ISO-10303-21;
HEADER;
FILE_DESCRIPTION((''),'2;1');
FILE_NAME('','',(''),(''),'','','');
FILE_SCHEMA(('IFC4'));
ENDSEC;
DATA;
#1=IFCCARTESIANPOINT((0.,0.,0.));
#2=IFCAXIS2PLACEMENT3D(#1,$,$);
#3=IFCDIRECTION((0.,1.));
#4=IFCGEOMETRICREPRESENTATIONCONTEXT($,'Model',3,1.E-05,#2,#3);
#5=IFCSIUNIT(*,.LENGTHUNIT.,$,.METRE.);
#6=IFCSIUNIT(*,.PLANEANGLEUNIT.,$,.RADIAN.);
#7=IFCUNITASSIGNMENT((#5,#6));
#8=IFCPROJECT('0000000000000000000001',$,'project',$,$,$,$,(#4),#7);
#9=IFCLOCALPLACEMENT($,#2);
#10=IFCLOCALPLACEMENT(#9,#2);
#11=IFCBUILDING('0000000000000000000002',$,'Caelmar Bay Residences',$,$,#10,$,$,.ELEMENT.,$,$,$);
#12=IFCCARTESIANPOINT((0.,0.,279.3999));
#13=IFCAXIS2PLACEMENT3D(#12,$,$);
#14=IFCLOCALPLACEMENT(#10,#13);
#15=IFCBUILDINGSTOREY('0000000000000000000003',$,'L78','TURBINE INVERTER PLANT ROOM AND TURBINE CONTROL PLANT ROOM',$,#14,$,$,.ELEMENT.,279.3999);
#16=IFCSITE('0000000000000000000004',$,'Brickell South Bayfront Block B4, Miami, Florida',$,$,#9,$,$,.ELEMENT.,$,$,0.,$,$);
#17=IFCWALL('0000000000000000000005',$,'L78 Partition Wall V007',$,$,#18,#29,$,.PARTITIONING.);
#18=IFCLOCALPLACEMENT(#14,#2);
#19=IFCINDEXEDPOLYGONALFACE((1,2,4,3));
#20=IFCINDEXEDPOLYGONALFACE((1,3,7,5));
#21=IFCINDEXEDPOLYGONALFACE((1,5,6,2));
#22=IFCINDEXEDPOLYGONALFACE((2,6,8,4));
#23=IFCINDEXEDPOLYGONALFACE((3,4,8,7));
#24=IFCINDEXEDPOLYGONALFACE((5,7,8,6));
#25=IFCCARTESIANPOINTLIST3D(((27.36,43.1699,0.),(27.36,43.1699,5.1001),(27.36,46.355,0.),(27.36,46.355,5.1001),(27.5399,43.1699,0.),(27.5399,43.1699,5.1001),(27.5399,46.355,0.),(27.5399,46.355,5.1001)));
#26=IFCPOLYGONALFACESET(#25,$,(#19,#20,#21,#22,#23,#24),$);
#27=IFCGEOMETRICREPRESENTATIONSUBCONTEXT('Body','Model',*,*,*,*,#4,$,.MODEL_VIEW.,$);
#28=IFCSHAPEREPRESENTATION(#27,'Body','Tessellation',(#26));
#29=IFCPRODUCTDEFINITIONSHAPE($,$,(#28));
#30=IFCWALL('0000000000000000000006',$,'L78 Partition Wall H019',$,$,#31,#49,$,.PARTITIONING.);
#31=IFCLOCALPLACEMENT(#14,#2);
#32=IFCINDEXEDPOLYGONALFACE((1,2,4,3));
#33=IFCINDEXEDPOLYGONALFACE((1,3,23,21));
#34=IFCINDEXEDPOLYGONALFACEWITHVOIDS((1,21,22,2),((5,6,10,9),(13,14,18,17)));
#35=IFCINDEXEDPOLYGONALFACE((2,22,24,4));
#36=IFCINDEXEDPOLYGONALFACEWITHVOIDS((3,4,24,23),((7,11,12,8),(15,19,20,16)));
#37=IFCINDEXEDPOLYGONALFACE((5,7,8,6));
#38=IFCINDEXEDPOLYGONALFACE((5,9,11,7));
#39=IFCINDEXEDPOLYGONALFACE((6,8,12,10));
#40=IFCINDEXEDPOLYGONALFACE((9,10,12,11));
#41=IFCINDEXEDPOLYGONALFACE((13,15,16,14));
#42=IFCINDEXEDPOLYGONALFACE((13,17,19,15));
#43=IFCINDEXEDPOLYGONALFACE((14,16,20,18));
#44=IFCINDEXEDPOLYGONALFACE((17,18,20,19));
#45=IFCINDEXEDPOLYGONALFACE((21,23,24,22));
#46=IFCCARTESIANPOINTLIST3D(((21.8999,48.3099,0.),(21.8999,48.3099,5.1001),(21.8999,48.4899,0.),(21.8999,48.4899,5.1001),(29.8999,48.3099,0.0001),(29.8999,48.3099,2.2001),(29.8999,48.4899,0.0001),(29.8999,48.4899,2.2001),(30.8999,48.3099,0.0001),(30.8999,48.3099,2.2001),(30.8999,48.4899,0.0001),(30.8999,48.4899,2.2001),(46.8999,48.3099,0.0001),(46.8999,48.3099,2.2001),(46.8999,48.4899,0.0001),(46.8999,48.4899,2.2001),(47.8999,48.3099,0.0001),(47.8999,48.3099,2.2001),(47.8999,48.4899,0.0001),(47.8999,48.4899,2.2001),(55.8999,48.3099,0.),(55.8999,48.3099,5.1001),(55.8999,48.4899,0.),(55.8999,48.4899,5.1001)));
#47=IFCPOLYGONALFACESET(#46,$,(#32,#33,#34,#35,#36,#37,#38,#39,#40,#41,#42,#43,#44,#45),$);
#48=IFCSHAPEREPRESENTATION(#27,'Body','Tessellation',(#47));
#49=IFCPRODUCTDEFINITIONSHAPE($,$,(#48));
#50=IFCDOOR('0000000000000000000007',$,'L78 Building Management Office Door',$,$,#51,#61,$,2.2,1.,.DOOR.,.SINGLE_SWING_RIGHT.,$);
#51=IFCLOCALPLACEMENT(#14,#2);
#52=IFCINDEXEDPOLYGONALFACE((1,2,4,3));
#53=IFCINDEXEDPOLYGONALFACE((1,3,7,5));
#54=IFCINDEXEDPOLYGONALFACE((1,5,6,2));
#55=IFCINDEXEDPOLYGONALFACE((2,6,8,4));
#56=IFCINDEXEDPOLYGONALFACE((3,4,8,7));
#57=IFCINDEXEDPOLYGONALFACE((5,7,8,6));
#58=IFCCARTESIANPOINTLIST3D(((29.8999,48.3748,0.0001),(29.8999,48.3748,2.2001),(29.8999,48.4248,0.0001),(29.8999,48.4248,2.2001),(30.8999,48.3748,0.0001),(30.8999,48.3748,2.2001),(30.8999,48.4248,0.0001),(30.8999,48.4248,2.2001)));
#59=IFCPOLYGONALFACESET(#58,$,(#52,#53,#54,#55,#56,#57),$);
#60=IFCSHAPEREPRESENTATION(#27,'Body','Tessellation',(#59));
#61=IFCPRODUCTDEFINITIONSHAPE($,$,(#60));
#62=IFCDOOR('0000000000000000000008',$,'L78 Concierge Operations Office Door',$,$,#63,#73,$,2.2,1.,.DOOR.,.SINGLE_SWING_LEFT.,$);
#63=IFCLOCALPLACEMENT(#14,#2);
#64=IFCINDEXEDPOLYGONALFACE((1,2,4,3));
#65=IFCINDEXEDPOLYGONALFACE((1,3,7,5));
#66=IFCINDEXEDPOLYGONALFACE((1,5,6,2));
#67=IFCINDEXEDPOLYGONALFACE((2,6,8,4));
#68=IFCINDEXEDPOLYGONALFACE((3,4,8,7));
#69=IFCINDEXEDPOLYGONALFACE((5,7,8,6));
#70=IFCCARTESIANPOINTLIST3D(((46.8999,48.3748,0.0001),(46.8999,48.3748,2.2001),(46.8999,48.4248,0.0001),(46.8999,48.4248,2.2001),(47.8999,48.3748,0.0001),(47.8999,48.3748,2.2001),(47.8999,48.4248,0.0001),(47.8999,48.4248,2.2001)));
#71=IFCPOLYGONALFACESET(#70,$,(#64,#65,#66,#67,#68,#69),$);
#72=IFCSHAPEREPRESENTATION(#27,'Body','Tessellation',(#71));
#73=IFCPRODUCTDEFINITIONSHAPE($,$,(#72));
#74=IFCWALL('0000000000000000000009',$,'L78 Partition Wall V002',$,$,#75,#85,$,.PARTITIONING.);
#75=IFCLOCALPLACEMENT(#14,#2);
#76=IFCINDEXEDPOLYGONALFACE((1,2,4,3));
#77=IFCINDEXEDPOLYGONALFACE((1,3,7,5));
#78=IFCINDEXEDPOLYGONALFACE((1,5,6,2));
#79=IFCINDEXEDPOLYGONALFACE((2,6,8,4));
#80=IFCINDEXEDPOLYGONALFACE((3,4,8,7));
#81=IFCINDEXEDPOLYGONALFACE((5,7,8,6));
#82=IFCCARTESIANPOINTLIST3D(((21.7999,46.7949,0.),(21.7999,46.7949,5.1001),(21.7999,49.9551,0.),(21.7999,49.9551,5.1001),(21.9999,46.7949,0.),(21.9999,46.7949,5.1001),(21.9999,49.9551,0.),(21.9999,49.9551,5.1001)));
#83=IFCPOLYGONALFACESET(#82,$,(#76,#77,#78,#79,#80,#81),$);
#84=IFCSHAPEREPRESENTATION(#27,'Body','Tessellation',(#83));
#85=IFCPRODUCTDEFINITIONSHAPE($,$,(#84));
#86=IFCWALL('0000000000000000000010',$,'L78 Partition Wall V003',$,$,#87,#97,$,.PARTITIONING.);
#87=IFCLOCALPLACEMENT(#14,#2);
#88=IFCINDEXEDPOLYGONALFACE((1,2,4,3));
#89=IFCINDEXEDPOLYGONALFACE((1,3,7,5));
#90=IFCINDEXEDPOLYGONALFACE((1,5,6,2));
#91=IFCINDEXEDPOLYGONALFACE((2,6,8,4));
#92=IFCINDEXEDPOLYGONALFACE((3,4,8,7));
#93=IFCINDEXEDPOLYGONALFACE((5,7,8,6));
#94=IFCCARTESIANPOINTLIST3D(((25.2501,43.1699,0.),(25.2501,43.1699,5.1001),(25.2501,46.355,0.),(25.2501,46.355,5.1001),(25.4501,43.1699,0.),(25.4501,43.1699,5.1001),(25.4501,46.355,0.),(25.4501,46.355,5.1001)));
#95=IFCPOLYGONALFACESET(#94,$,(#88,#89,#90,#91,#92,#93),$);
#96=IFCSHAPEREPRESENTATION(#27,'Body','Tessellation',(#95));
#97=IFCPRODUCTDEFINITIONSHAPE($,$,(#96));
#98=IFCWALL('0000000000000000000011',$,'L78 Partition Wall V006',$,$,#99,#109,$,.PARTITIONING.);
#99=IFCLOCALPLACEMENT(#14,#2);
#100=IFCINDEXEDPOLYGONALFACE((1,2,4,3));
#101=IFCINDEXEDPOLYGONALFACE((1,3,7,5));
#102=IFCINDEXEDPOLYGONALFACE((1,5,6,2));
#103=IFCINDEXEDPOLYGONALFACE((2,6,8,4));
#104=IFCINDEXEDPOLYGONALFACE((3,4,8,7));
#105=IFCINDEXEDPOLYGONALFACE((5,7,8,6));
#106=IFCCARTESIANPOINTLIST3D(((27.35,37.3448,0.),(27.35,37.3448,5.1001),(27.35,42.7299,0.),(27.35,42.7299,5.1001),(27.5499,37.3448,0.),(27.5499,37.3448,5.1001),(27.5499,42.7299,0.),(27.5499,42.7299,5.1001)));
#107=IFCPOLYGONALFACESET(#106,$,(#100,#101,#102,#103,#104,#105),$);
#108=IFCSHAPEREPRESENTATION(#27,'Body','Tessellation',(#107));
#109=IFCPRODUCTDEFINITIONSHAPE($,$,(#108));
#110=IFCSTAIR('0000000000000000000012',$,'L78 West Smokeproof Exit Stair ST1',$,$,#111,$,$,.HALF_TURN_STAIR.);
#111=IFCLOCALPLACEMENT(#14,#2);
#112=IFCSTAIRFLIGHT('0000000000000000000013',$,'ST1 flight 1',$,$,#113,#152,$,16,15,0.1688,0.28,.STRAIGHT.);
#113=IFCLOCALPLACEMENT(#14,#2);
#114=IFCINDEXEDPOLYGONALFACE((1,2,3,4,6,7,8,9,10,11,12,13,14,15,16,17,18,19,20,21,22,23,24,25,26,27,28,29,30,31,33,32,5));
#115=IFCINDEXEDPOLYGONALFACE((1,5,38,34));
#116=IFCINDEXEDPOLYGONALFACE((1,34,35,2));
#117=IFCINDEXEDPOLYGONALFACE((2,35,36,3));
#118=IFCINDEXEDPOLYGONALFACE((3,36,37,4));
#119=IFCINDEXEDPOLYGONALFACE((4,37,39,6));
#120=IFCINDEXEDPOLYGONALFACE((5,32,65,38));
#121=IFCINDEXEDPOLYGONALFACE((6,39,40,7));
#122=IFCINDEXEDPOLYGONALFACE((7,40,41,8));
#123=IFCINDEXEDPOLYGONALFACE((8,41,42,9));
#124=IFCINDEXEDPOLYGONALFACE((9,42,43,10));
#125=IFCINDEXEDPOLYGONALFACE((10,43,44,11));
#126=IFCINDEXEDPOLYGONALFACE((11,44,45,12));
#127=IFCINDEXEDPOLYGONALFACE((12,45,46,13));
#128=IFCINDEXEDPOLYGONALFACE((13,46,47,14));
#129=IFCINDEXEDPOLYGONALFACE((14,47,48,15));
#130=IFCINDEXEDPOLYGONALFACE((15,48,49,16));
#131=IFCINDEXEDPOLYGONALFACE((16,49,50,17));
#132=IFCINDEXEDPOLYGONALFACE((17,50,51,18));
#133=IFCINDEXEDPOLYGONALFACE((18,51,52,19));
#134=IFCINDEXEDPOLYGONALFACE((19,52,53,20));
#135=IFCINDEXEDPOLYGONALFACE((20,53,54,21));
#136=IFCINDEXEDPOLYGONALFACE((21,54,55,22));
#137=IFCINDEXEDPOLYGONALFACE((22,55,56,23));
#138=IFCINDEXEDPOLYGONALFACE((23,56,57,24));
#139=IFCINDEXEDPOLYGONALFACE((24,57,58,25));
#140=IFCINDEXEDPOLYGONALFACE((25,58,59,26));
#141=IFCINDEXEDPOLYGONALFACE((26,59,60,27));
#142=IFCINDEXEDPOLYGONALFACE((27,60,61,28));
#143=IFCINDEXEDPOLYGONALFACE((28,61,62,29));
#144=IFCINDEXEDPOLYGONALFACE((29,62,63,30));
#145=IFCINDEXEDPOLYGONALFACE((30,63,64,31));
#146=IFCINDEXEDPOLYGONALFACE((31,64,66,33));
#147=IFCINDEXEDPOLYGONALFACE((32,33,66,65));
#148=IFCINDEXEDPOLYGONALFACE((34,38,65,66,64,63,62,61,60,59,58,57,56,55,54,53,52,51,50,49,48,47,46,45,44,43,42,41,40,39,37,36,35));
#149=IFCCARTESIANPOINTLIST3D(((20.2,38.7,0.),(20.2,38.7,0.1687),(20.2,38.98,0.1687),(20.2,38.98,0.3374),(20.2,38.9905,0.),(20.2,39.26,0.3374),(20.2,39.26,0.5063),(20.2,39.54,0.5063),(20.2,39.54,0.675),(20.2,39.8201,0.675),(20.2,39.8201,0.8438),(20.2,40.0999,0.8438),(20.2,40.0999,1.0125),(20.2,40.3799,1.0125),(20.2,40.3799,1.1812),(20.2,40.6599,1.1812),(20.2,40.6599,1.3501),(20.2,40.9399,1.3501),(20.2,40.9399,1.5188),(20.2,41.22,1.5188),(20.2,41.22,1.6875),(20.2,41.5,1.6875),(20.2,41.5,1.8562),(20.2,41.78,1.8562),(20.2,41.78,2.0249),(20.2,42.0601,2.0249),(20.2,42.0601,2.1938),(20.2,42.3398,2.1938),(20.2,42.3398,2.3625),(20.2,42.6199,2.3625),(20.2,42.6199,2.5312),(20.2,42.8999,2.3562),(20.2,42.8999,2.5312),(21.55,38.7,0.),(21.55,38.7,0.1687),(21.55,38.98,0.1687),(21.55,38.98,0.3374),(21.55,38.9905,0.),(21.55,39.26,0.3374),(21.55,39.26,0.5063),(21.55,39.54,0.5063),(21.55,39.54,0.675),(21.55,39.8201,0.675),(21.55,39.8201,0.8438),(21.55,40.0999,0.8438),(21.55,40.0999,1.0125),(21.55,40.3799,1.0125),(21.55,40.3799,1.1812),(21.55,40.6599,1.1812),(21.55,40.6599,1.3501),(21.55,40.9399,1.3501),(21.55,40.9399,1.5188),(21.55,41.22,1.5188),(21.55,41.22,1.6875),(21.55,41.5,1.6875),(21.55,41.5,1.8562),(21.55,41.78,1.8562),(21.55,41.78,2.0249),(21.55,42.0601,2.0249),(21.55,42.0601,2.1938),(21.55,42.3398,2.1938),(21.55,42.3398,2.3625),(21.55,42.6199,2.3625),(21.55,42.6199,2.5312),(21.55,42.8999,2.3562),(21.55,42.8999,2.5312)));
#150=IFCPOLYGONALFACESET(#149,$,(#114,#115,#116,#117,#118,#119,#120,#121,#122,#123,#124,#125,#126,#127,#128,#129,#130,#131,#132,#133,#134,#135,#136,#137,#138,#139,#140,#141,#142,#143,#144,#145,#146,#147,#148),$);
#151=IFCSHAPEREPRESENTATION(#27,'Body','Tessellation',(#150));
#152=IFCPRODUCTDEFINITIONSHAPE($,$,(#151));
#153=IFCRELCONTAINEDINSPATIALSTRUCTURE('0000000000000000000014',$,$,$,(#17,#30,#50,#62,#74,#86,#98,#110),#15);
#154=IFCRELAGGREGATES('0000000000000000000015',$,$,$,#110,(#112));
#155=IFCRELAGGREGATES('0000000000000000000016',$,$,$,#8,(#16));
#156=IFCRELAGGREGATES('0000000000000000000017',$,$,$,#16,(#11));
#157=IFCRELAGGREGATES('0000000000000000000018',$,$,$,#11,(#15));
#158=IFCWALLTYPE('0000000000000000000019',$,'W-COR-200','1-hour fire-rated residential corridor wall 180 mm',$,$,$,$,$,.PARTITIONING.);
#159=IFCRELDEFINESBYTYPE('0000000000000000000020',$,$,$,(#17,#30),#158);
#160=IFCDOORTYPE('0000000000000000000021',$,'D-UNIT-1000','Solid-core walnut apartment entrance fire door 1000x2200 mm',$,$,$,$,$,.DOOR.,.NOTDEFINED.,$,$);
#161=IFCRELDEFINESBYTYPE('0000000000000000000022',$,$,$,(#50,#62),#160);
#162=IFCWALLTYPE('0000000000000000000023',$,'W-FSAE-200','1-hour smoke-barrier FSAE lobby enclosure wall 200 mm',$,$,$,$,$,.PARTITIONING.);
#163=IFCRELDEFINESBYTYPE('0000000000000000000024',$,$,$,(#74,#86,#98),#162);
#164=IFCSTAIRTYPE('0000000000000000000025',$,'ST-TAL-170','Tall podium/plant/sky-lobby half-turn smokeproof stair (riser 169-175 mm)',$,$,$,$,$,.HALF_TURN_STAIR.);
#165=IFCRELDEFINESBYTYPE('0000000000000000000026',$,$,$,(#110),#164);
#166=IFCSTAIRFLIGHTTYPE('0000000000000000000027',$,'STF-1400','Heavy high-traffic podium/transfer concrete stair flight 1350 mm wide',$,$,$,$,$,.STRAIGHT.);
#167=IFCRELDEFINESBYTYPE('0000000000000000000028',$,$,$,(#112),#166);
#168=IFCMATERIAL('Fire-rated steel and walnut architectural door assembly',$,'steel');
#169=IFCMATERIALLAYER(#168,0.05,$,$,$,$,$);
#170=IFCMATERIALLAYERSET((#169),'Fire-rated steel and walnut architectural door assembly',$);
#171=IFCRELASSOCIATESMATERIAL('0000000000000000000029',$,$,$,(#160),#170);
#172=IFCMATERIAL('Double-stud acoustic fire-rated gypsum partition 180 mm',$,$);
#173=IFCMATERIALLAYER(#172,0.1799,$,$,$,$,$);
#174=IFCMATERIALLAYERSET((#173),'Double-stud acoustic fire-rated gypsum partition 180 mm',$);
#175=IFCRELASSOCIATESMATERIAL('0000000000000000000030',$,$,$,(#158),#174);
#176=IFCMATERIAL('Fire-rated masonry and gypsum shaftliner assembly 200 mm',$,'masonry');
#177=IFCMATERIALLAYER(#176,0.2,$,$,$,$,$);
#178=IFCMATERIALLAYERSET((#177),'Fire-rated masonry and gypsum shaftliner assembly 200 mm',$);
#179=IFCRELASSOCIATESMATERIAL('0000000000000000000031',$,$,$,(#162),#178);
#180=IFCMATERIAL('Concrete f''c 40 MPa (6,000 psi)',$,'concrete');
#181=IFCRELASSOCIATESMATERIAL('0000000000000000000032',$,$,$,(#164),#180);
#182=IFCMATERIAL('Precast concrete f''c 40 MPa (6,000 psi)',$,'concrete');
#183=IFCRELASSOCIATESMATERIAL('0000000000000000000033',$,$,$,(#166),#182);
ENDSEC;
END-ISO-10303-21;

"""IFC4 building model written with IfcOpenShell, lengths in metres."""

from ifc_helpers import new_model, si_unit, direction, frame, frame_2d, origin, place, context, subcontext, project, spatial, polyline, rectangle, outline, extrude, material, layer, layer_set, type_object, element, fill, aggregate, save


model = new_model("IFC4")

# Units and contexts
model_context = context("Model", 3, precision=1e-05, world=origin(), true_north=direction((0.0, 1.0)))
body_context = subcontext(model_context, "Body", "Model", "MODEL_VIEW")
ifc_project = project(units=[si_unit("LENGTHUNIT", "METRE"), si_unit("PLANEANGLEUNIT", "RADIAN")], contexts=[model_context])

# Site, building, storey
site_placement = place(None, origin())
site = spatial("IfcSite", under=ifc_project, at=site_placement, Name="Brickell South Bayfront Block B4, Miami, Florida", CompositionType="ELEMENT", RefElevation=0.0)
building_placement = place(site_placement, origin())
building = spatial("IfcBuilding", under=site, at=building_placement, Name="Caelmar Bay Residences", CompositionType="ELEMENT")
storey_placement = place(building_placement, frame((0.0, 0.0, 279.3999)))
storey = spatial("IfcBuildingStorey", under=building, at=storey_placement, Name="L78", Description="TURBINE INVERTER PLANT ROOM AND TURBINE CONTROL PLANT ROOM", CompositionType="ELEMENT", Elevation=279.3999)

# Shared definitions
ifc_material_1 = material(Name="Fire-rated steel and walnut architectural door assembly", Category="steel")

# Shared definitions
ifc_layer_1 = layer(ifc_material_1, 0.05)
ifc_layer_set_1 = layer_set([ifc_layer_1], Name="Fire-rated steel and walnut architectural door assembly")
door_type_1 = type_object("IfcDoorType", Name="D-UNIT-1000", Description="Solid-core walnut apartment entrance fire door 1000x2200 mm", OperationType="NOTDEFINED", PredefinedType="DOOR", material=ifc_layer_set_1)

# Wall
ifc_material_2 = material(Name="Double-stud acoustic fire-rated gypsum partition 180 mm")
ifc_layer_2 = layer(ifc_material_2, 0.1799)
ifc_layer_set_2 = layer_set([ifc_layer_2], Name="Double-stud acoustic fire-rated gypsum partition 180 mm")
wall_type_1 = type_object("IfcWallType", Name="W-COR-200", Description="1-hour fire-rated residential corridor wall 180 mm", PredefinedType="PARTITIONING", material=ifc_layer_set_2)
wall_1_placement = place(storey_placement, frame((27.45, 43.1699, 0.0), z_axis=(0.0, 0.0, 1.0), x_axis=(0.0, 1.0, 0.0)))
element("IfcWall", 1, at=wall_1_placement, inside=storey, type_object=wall_type_1, Name="L78 Partition Wall V007", PredefinedType="PARTITIONING", context=body_context, shape_type="SweptSolid", body=[
    extrude(rectangle(XDim=3.1851, YDim=0.1799, at=frame_2d((1.5925, 0.0))), origin(), (0.0, 0.0, 1.0), 5.1001),
])

# Wall, openings, doors
wall_2_placement = place(storey_placement, frame((21.8999, 48.3999, 0.0), z_axis=(0.0, 0.0, 1.0), x_axis=(1.0, 0.0, 0.0)))
wall_2 = element("IfcWall", 2, at=wall_2_placement, inside=storey, type_object=wall_type_1, Name="L78 Partition Wall H019", PredefinedType="PARTITIONING", context=body_context, shape_type="SweptSolid", body=[
    extrude(rectangle(XDim=34.0, YDim=0.1799, at=frame_2d((17.0, 0.0))), origin(), (0.0, 0.0, 1.0), 5.1001),
])
opening_1_placement = place(wall_2_placement, frame((8.0, 0.0, 0.0)))
opening_1 = element("IfcOpeningElement", 3, at=opening_1_placement, cuts=wall_2, PredefinedType="OPENING", context=body_context, shape_type="SweptSolid", body=[
    extrude(rectangle(XDim=1.0, YDim=2.2, at=frame_2d((0.5, 1.1001))), frame((0.0, 0.0999, 0.0), z_axis=(0.0, -1.0, 0.0), x_axis=(1.0, 0.0, 0.0)), (0.0, 0.0, 1.0), 0.2),
])
opening_2_placement = place(wall_2_placement, frame((25.0, 0.0, 0.0)))
opening_2 = element("IfcOpeningElement", 4, at=opening_2_placement, cuts=wall_2, PredefinedType="OPENING", context=body_context, shape_type="SweptSolid", body=[
    extrude(rectangle(XDim=1.0, YDim=2.2, at=frame_2d((0.5, 1.1001))), frame((0.0, 0.0999, 0.0), z_axis=(0.0, -1.0, 0.0), x_axis=(1.0, 0.0, 0.0)), (0.0, 0.0, 1.0), 0.2),
])
door_1_placement = place(opening_1_placement, origin())
door_1 = element("IfcDoor", 5, at=door_1_placement, inside=storey, type_object=door_type_1, Name="L78 Building Management Office Door", OperationType="SINGLE_SWING_RIGHT", OverallHeight=2.2, OverallWidth=1.0, PredefinedType="DOOR", context=body_context, shape_type="SweptSolid", body=[
    extrude(rectangle(XDim=1.0, YDim=2.2, at=frame_2d((0.5, 1.1001))), frame((0.0, 0.0249, 0.0), z_axis=(0.0, -1.0, 0.0), x_axis=(1.0, 0.0, 0.0)), (0.0, 0.0, 1.0), 0.05),
])
fill(opening_1, door_1)
door_2_placement = place(opening_2_placement, origin())
door_2 = element("IfcDoor", 6, at=door_2_placement, inside=storey, type_object=door_type_1, Name="L78 Concierge Operations Office Door", OperationType="SINGLE_SWING_LEFT", OverallHeight=2.2, OverallWidth=1.0, PredefinedType="DOOR", context=body_context, shape_type="SweptSolid", body=[
    extrude(rectangle(XDim=1.0, YDim=2.2, at=frame_2d((0.5, 1.1001))), frame((0.0, 0.0249, 0.0), z_axis=(0.0, -1.0, 0.0), x_axis=(1.0, 0.0, 0.0)), (0.0, 0.0, 1.0), 0.05),
])
fill(opening_2, door_2)

# Walls
ifc_material_3 = material(Name="Fire-rated masonry and gypsum shaftliner assembly 200 mm", Category="masonry")
ifc_layer_3 = layer(ifc_material_3, 0.2)
ifc_layer_set_3 = layer_set([ifc_layer_3], Name="Fire-rated masonry and gypsum shaftliner assembly 200 mm")
wall_type_2 = type_object("IfcWallType", Name="W-FSAE-200", Description="1-hour smoke-barrier FSAE lobby enclosure wall 200 mm", PredefinedType="PARTITIONING", material=ifc_layer_set_3)
wall_3_placement = place(storey_placement, frame((21.8999, 46.7949, 0.0), z_axis=(0.0, 0.0, 1.0), x_axis=(0.0, 1.0, 0.0)))
element("IfcWall", 7, at=wall_3_placement, inside=storey, type_object=wall_type_2, Name="L78 Partition Wall V002", PredefinedType="PARTITIONING", context=body_context, shape_type="SweptSolid", body=[
    extrude(rectangle(XDim=3.1602, YDim=0.2, at=frame_2d((1.5801, 0.0))), origin(), (0.0, 0.0, 1.0), 5.1001),
])
wall_4_placement = place(storey_placement, frame((25.3501, 43.1699, 0.0), z_axis=(0.0, 0.0, 1.0), x_axis=(0.0, 1.0, 0.0)))
element("IfcWall", 8, at=wall_4_placement, inside=storey, type_object=wall_type_2, Name="L78 Partition Wall V003", PredefinedType="PARTITIONING", context=body_context, shape_type="SweptSolid", body=[
    extrude(rectangle(XDim=3.1851, YDim=0.2, at=frame_2d((1.5925, 0.0))), origin(), (0.0, 0.0, 1.0), 5.1001),
])
wall_5_placement = place(storey_placement, frame((27.45, 37.345, 0.0), z_axis=(0.0, 0.0, 1.0), x_axis=(0.0, 1.0, 0.0)))
element("IfcWall", 9, at=wall_5_placement, inside=storey, type_object=wall_type_2, Name="L78 Partition Wall V006", PredefinedType="PARTITIONING", context=body_context, shape_type="SweptSolid", body=[
    extrude(rectangle(XDim=5.385, YDim=0.2, at=frame_2d((2.6924, 0.0))), origin(), (0.0, 0.0, 1.0), 5.1001),
])

# Stair, stair flight
ifc_material_4 = material(Name="Concrete f'c 40 MPa (6,000 psi)", Category="concrete")
stair_type = type_object("IfcStairType", Name="ST-TAL-170", Description="Tall podium/plant/sky-lobby half-turn smokeproof stair (riser 169-175 mm)", PredefinedType="HALF_TURN_STAIR", material=ifc_material_4)
stair_placement = place(storey_placement, origin())
stair = element("IfcStair", 10, at=stair_placement, inside=storey, type_object=stair_type, Name="L78 West Smokeproof Exit Stair ST1", PredefinedType="HALF_TURN_STAIR")
ifc_material_5 = material(Name="Precast concrete f'c 40 MPa (6,000 psi)", Category="concrete")
stair_flight_type = type_object("IfcStairFlightType", Name="STF-1400", Description="Heavy high-traffic podium/transfer concrete stair flight 1350 mm wide", PredefinedType="STRAIGHT", material=ifc_material_5)
stair_flight_placement = place(storey_placement, frame((20.875, 38.7, 0.0), z_axis=(0.0, 0.0, 1.0), x_axis=(0.0, 1.0, 0.0)))
stair_flight = element("IfcStairFlight", 11, at=stair_flight_placement, type_object=stair_flight_type, Name="ST1 flight 1", NumberOfRisers=16, NumberOfTreads=15, PredefinedType="STRAIGHT", RiserHeight=0.1688, TreadLength=0.28, context=body_context, shape_type="SweptSolid", body=[
    extrude(outline(polyline([(0.0, 0.0), (0.0, 0.1687), (0.28, 0.1687), (0.28, 0.3374), (0.5601, 0.3374), (0.5601, 0.5063), (0.8401, 0.5063), (0.8401, 0.675), (1.1201, 0.675), (1.1201, 0.8438), (1.3999, 0.8438), (1.3999, 1.0125), (1.6799, 1.0125), (1.6799, 1.1812), (1.96, 1.1812), (1.96, 1.3501), (2.24, 1.3501), (2.24, 1.5188), (2.52, 1.5188), (2.52, 1.6875), (2.8, 1.6875), (2.8, 1.8562), (3.0801, 1.8562), (3.0801, 2.0249), (3.3601, 2.0249), (3.3601, 2.1938), (3.6399, 2.1938), (3.6399, 2.3625), (3.9199, 2.3625), (3.9199, 2.5312), (4.2, 2.5312), (4.2, 2.7), (4.2, 2.3562), (0.2905, 0.0), (0.0, 0.0)])), frame((0.0, 0.675, 0.0), z_axis=(0.0, -1.0, 0.0), x_axis=(1.0, 0.0, 0.0)), (0.0, 0.0, 1.0), 1.3501),
])
aggregate(stair, [stair_flight])

save(model, "model.ifc")
